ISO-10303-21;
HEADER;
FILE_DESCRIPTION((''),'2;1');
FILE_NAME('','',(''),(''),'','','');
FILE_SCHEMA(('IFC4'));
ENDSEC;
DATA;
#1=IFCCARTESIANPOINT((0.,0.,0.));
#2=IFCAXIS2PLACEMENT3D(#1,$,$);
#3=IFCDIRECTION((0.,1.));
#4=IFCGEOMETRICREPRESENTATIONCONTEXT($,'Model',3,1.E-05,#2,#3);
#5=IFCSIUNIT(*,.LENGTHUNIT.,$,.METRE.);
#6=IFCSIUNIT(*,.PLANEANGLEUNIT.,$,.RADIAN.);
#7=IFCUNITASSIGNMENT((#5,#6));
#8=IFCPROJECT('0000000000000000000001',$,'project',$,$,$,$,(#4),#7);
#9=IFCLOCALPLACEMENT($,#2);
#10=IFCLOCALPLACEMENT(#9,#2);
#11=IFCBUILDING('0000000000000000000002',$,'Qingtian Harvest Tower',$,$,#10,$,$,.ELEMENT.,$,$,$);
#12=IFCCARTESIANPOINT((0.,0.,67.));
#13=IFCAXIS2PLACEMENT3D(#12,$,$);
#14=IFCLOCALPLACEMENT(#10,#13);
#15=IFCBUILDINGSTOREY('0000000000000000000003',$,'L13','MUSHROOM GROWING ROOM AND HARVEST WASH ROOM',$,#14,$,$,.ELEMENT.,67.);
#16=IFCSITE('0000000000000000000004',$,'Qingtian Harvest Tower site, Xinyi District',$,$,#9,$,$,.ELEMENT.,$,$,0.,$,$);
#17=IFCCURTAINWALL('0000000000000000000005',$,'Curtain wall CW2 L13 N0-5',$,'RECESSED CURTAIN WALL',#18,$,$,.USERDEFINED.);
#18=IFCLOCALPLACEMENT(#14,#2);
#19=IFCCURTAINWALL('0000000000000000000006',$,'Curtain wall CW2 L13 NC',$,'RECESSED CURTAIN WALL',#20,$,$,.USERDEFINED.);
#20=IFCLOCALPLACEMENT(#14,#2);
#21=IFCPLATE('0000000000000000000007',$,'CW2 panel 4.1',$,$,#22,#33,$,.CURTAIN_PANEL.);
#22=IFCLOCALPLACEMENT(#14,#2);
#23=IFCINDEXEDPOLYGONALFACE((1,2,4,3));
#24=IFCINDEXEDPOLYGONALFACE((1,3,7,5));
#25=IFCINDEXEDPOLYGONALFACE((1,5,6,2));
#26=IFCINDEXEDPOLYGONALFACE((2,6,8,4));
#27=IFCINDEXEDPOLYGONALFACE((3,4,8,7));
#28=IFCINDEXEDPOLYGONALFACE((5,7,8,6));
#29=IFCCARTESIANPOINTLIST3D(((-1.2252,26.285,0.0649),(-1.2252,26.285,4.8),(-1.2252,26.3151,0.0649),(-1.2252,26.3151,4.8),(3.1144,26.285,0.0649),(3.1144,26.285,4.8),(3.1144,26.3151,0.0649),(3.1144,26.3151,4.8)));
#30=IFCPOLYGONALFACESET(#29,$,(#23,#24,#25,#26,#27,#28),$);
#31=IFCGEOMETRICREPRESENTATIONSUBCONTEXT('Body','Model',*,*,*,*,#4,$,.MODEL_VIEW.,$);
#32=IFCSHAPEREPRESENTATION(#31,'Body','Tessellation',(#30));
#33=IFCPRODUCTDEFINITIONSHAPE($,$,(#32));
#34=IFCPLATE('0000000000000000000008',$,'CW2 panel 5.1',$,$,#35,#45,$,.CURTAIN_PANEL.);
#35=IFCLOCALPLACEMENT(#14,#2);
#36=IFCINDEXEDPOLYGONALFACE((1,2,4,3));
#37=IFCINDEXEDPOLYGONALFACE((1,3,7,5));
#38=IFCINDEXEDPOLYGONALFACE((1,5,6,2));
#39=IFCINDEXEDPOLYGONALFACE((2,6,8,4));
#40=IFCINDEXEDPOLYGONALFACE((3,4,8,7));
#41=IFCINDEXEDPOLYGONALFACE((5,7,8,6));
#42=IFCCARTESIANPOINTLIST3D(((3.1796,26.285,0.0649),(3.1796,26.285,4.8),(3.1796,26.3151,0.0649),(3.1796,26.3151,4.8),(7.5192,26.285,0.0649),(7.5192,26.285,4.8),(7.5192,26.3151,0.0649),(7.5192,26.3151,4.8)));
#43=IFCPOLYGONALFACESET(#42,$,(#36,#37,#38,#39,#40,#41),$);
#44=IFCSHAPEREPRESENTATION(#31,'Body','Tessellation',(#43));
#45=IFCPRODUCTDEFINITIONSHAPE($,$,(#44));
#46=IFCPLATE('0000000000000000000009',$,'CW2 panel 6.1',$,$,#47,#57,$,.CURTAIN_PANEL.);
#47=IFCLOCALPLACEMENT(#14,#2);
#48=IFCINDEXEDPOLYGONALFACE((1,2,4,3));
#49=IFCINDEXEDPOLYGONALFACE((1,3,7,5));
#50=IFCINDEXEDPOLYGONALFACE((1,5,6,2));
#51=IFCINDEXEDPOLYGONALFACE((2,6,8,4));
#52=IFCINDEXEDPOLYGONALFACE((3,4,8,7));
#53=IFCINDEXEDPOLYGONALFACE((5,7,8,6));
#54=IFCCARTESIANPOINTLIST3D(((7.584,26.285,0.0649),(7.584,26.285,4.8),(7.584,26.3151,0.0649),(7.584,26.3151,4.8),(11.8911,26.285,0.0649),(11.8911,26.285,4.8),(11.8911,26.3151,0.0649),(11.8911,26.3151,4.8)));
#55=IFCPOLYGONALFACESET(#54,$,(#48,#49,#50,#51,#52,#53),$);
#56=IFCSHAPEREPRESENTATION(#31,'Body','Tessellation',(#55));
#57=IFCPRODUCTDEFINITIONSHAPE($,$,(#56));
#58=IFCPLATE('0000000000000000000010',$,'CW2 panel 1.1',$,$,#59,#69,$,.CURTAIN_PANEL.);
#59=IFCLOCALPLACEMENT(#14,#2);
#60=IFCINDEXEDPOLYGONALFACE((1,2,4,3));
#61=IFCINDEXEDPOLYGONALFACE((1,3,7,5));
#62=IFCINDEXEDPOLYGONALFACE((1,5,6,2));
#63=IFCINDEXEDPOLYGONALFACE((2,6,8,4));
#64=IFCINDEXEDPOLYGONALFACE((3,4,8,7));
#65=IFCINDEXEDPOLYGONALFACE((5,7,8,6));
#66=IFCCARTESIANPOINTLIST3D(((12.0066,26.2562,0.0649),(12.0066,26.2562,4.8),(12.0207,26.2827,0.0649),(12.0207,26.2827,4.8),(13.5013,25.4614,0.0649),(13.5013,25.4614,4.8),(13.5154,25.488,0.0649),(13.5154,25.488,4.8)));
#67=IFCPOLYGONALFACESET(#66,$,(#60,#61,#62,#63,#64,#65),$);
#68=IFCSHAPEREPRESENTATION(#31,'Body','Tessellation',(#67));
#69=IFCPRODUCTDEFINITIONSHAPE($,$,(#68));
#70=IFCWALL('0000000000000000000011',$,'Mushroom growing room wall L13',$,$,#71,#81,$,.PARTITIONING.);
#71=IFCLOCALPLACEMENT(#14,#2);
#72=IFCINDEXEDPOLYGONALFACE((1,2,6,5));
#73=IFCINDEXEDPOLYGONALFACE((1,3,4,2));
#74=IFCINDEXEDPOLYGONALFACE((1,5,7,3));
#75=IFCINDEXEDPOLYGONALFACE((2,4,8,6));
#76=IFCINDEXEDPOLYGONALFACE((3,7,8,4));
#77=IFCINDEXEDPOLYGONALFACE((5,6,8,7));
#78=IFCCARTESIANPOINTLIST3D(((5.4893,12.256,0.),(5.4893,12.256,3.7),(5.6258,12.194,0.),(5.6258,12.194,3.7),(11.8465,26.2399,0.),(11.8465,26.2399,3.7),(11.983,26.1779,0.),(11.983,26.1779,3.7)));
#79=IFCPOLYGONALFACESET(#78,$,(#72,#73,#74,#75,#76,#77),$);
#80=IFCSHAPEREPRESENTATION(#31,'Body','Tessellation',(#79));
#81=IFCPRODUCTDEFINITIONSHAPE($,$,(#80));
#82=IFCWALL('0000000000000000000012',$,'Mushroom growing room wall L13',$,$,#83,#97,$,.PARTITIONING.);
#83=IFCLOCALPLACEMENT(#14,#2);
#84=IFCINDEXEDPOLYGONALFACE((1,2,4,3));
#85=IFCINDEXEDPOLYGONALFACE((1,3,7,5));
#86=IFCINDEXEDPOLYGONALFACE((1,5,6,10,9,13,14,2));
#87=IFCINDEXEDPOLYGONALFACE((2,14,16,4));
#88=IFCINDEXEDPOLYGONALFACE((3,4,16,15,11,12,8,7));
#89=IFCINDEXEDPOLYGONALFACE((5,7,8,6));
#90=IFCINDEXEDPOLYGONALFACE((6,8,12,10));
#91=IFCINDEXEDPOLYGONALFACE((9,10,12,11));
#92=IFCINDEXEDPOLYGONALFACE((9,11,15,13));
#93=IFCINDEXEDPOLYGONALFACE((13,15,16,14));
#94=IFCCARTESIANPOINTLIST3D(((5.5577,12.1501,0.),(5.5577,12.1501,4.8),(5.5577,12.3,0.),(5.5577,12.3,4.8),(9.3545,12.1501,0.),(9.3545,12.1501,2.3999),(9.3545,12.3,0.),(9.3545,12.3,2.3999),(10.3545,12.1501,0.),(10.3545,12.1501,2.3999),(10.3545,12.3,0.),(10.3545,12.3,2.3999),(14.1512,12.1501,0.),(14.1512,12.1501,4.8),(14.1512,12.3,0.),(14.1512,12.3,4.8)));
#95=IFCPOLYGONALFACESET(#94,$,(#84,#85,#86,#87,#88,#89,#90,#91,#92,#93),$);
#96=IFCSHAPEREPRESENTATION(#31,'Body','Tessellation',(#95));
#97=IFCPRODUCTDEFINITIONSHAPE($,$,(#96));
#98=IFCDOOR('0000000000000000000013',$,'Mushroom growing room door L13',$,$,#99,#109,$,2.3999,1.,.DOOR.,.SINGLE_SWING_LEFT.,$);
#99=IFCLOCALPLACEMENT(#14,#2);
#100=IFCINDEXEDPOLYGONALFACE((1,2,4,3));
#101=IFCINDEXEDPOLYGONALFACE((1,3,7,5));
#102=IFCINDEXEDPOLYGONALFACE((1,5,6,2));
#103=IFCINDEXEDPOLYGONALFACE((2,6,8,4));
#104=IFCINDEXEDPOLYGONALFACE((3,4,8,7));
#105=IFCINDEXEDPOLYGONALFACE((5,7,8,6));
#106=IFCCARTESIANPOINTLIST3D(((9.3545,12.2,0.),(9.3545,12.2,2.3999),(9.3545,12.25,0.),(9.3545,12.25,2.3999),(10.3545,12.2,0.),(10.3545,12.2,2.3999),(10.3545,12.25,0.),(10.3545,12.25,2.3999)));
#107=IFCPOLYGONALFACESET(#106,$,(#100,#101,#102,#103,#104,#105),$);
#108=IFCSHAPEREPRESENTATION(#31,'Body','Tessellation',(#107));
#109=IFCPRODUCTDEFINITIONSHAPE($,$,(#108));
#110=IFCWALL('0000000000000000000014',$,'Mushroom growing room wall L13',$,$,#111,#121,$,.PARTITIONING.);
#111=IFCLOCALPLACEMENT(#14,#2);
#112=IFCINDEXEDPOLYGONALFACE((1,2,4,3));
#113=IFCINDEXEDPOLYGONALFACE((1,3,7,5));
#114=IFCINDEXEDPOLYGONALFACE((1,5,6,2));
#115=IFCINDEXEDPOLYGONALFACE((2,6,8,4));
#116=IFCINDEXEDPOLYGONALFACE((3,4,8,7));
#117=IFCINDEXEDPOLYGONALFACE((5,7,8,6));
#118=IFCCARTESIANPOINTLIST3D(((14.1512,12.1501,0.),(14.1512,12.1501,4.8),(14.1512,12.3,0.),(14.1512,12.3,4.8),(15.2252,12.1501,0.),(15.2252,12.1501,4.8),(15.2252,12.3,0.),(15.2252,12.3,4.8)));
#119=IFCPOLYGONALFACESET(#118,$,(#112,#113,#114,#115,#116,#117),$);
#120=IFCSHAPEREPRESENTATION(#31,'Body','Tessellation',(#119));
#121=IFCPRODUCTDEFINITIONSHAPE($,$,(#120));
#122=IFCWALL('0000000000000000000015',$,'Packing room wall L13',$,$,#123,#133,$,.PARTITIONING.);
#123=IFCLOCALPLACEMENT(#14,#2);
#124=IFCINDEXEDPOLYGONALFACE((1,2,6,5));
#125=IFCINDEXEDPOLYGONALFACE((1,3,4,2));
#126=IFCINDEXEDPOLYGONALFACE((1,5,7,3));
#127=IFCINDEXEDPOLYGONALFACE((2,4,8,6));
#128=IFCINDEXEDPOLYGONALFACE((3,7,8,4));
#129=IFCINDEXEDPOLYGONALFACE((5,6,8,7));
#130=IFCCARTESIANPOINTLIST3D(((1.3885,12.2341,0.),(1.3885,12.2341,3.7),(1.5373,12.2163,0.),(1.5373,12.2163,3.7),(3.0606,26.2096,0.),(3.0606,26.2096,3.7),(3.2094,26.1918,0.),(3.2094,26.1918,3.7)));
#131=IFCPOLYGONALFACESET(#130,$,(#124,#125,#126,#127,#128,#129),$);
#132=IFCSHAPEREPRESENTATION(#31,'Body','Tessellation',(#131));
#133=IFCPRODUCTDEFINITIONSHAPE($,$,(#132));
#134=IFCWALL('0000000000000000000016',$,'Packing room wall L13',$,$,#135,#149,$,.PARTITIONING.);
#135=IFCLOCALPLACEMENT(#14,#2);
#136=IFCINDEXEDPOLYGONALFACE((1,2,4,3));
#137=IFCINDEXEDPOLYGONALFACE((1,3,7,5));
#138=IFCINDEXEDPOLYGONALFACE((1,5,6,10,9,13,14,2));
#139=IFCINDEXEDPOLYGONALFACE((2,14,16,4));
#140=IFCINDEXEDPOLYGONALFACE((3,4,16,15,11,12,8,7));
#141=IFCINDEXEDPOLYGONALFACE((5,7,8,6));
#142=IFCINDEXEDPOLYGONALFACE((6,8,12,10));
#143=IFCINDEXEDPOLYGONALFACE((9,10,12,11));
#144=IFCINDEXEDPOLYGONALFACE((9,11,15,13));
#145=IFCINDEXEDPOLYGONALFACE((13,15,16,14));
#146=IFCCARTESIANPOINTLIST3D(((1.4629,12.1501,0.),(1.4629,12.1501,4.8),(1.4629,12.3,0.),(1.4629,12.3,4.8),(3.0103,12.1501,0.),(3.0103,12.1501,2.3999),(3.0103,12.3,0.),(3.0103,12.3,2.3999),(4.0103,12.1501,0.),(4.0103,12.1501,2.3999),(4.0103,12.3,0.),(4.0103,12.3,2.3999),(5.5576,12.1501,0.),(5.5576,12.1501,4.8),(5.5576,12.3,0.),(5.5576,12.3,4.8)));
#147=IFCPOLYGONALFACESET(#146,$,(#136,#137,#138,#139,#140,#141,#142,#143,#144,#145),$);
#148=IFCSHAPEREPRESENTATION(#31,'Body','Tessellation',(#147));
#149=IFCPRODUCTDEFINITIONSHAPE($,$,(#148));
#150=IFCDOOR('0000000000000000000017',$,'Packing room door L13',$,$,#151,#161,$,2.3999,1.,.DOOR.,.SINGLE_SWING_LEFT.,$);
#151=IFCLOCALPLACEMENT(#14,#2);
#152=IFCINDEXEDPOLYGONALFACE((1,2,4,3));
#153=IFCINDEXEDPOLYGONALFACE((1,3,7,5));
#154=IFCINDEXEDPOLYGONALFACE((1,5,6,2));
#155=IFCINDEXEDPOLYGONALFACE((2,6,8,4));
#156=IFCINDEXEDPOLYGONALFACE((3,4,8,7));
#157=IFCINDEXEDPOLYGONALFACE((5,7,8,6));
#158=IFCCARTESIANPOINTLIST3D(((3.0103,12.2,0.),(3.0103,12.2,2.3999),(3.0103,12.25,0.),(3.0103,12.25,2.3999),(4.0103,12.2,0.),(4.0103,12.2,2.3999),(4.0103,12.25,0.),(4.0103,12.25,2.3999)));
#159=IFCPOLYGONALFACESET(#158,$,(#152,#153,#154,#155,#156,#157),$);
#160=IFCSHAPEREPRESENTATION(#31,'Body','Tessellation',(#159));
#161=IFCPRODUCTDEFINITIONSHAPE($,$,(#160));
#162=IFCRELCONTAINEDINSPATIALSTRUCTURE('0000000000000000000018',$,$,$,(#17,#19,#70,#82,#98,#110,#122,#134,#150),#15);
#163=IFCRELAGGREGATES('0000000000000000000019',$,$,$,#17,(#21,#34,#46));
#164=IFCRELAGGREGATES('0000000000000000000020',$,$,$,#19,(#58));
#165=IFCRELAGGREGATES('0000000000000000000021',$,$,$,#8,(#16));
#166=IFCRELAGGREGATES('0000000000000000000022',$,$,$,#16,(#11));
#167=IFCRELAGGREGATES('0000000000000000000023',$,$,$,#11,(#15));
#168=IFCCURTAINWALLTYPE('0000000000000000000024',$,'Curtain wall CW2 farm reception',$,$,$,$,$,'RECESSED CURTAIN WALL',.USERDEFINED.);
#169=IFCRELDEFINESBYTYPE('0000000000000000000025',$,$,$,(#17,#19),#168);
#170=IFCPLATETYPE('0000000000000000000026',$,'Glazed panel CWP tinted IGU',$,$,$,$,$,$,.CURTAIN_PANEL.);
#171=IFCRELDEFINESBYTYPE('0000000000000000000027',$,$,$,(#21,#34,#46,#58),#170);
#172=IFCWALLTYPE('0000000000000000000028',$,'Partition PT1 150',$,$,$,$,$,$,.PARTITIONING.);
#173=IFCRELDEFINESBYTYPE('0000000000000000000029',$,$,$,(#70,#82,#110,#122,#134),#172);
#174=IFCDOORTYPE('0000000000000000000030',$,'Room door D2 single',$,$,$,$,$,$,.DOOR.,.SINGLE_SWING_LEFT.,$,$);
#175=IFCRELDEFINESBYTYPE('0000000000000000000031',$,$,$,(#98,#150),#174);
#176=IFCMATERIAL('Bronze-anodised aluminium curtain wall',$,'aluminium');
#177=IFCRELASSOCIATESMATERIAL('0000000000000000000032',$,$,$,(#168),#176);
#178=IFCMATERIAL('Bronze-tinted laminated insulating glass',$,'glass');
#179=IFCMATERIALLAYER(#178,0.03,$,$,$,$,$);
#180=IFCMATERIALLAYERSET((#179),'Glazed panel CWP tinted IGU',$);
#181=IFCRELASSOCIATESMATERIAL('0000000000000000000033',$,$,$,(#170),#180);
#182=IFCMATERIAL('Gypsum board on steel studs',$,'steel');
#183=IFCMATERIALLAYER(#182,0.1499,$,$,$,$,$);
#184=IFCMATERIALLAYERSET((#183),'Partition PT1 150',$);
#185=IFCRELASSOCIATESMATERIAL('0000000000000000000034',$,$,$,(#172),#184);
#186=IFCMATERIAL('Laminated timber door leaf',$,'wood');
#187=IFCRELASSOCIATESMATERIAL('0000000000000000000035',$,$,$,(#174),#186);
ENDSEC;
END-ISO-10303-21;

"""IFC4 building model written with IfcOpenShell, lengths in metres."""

from ifc_helpers import new_model, si_unit, direction, frame, frame_2d, origin, origin_2d, place, context, subcontext, project, spatial, rectangle, extrude, material, layer, layer_set, type_object, element, fill, aggregate, save


model = new_model("IFC4")

# Units and contexts
model_context = context("Model", 3, precision=1e-05, world=origin(), true_north=direction((0.0, 1.0)))
body_context = subcontext(model_context, "Body", "Model", "MODEL_VIEW")
ifc_project = project(units=[si_unit("LENGTHUNIT", "METRE"), si_unit("PLANEANGLEUNIT", "RADIAN")], contexts=[model_context])

# Site, building, storey
site_placement = place(None, origin())
site = spatial("IfcSite", under=ifc_project, at=site_placement, Name="Qingtian Harvest Tower site, Xinyi District", CompositionType="ELEMENT", RefElevation=0.0)
building_placement = place(site_placement, origin())
building = spatial("IfcBuilding", under=site, at=building_placement, Name="Qingtian Harvest Tower", CompositionType="ELEMENT")
storey_placement = place(building_placement, frame((0.0, 0.0, 67.0)))
storey = spatial("IfcBuildingStorey", under=building, at=storey_placement, Name="L13", Description="MUSHROOM GROWING ROOM AND HARVEST WASH ROOM", CompositionType="ELEMENT", Elevation=67.0)

# Curtain walls
ifc_material_1 = material(Name="Bronze-anodised aluminium curtain wall", Category="aluminium")
curtain_wall_type = type_object("IfcCurtainWallType", Name="Curtain wall CW2 farm reception", ElementType="RECESSED CURTAIN WALL", PredefinedType="USERDEFINED", material=ifc_material_1)
curtain_wall_1_placement = place(storey_placement, origin())
curtain_wall_1 = element("IfcCurtainWall", 1, at=curtain_wall_1_placement, inside=storey, type_object=curtain_wall_type, Name="Curtain wall CW2 L13 N0-5", ObjectType="RECESSED CURTAIN WALL", PredefinedType="USERDEFINED")
curtain_wall_2_placement = place(storey_placement, origin())
curtain_wall_2 = element("IfcCurtainWall", 2, at=curtain_wall_2_placement, inside=storey, type_object=curtain_wall_type, Name="Curtain wall CW2 L13 NC", ObjectType="RECESSED CURTAIN WALL", PredefinedType="USERDEFINED")

# Plates
ifc_material_2 = material(Name="Bronze-tinted laminated insulating glass", Category="glass")
ifc_layer_1 = layer(ifc_material_2, 0.03)
ifc_layer_set_1 = layer_set([ifc_layer_1], Name="Glazed panel CWP tinted IGU")
plate_type = type_object("IfcPlateType", Name="Glazed panel CWP tinted IGU", PredefinedType="CURTAIN_PANEL", material=ifc_layer_set_1)
plate_1_placement = place(storey_placement, frame((0.9446, 26.3, 0.0649), z_axis=(0.0, 0.0, 1.0), x_axis=(1.0, 0.0, 0.0)))
plate_1 = element("IfcPlate", 3, at=plate_1_placement, type_object=plate_type, Name="CW2 panel 4.1", PredefinedType="CURTAIN_PANEL", context=body_context, shape_type="SweptSolid", body=[
    extrude(rectangle(XDim=4.3396, YDim=0.03, at=origin_2d()), origin(), (0.0, 0.0, 1.0), 4.7351),
])
plate_2_placement = place(storey_placement, frame((5.3494, 26.3, 0.0649), z_axis=(0.0, 0.0, 1.0), x_axis=(1.0, 0.0, 0.0)))
plate_2 = element("IfcPlate", 4, at=plate_2_placement, type_object=plate_type, Name="CW2 panel 5.1", PredefinedType="CURTAIN_PANEL", context=body_context, shape_type="SweptSolid", body=[
    extrude(rectangle(XDim=4.3396, YDim=0.03, at=origin_2d()), origin(), (0.0, 0.0, 1.0), 4.7351),
])
plate_3_placement = place(storey_placement, frame((9.7375, 26.3, 0.0649), z_axis=(0.0, 0.0, 1.0), x_axis=(1.0, 0.0, 0.0)))
plate_3 = element("IfcPlate", 5, at=plate_3_placement, type_object=plate_type, Name="CW2 panel 6.1", PredefinedType="CURTAIN_PANEL", context=body_context, shape_type="SweptSolid", body=[
    extrude(rectangle(XDim=4.3071, YDim=0.03, at=origin_2d()), origin(), (0.0, 0.0, 1.0), 4.7351),
])
aggregate(curtain_wall_1, [plate_1, plate_2, plate_3])
plate_4_placement = place(storey_placement, frame((12.761, 25.8721, 0.0649), z_axis=(0.0, 0.0, 1.0), x_axis=(0.882948, -0.469472, 0.0)))
plate_4 = element("IfcPlate", 6, at=plate_4_placement, type_object=plate_type, Name="CW2 panel 1.1", PredefinedType="CURTAIN_PANEL", context=body_context, shape_type="SweptSolid", body=[
    extrude(rectangle(XDim=1.6929, YDim=0.03, at=origin_2d()), origin(), (0.0, 0.0, 1.0), 4.7351),
])
aggregate(curtain_wall_2, [plate_4])

# Wall
ifc_material_3 = material(Name="Gypsum board on steel studs", Category="steel")
ifc_layer_2 = layer(ifc_material_3, 0.1499)
ifc_layer_set_2 = layer_set([ifc_layer_2], Name="Partition PT1 150")
wall_type = type_object("IfcWallType", Name="Partition PT1 150", PredefinedType="PARTITIONING", material=ifc_layer_set_2)
wall_1_placement = place(storey_placement, frame((11.9148, 26.209, 0.0), z_axis=(0.0, 0.0, 1.0), x_axis=(-0.41385, -0.910345, 0.0)))
element("IfcWall", 7, at=wall_1_placement, inside=storey, type_object=wall_type, Name="Mushroom growing room wall L13", PredefinedType="PARTITIONING", context=body_context, shape_type="SweptSolid", body=[
    extrude(rectangle(XDim=15.3611, YDim=0.1499, at=frame_2d((7.6807, 0.0))), origin(), (0.0, 0.0, 1.0), 3.7),
])

# Wall, opening, door
wall_2_placement = place(storey_placement, frame((5.5576, 12.2251, 0.0), z_axis=(0.0, 0.0, 1.0), x_axis=(1.0, 0.0, 0.0)))
wall_2 = element("IfcWall", 8, at=wall_2_placement, inside=storey, type_object=wall_type, Name="Mushroom growing room wall L13", PredefinedType="PARTITIONING", context=body_context, shape_type="SweptSolid", body=[
    extrude(rectangle(XDim=8.5935, YDim=0.1499, at=frame_2d((4.2969, 0.0))), origin(), (0.0, 0.0, 1.0), 4.8),
])
opening_1_placement = place(wall_2_placement, frame((3.7969, 0.0, 0.0)))
opening_1 = element("IfcOpeningElement", 9, at=opening_1_placement, cuts=wall_2, PredefinedType="OPENING", context=body_context, shape_type="SweptSolid", body=[
    extrude(rectangle(XDim=1.0, YDim=2.3999, at=frame_2d((0.5, 1.2))), frame((0.0, 0.085, 0.0), z_axis=(0.0, -1.0, 0.0), x_axis=(1.0, 0.0, 0.0)), (0.0, 0.0, 1.0), 0.1699),
])
ifc_material_4 = material(Name="Laminated timber door leaf", Category="wood")
door_type = type_object("IfcDoorType", Name="Room door D2 single", OperationType="SINGLE_SWING_LEFT", PredefinedType="DOOR", material=ifc_material_4)
door_1_placement = place(opening_1_placement, origin())
door_1 = element("IfcDoor", 10, at=door_1_placement, inside=storey, type_object=door_type, Name="Mushroom growing room door L13", OperationType="SINGLE_SWING_LEFT", OverallHeight=2.3999, OverallWidth=1.0, PredefinedType="DOOR", context=body_context, shape_type="SweptSolid", body=[
    extrude(rectangle(XDim=1.0, YDim=2.3999, at=frame_2d((0.5, 1.2))), frame((0.0, 0.0249, 0.0), z_axis=(0.0, -1.0, 0.0), x_axis=(1.0, 0.0, 0.0)), (0.0, 0.0, 1.0), 0.05),
])
fill(opening_1, door_1)

# Walls
wall_3_placement = place(storey_placement, frame((14.1511, 12.2251, 0.0), z_axis=(0.0, 0.0, 1.0), x_axis=(1.0, 0.0, 0.0)))
element("IfcWall", 11, at=wall_3_placement, inside=storey, type_object=wall_type, Name="Mushroom growing room wall L13", PredefinedType="PARTITIONING", context=body_context, shape_type="SweptSolid", body=[
    extrude(rectangle(XDim=1.074, YDim=0.1499, at=frame_2d((0.5371, 0.0))), origin(), (0.0, 0.0, 1.0), 4.8),
])
wall_4_placement = place(storey_placement, frame((3.135, 26.2007, 0.0), z_axis=(0.0, 0.0, 1.0), x_axis=(-0.118798, -0.992918, 0.0)))
element("IfcWall", 12, at=wall_4_placement, inside=storey, type_object=wall_type, Name="Packing room wall L13", PredefinedType="PARTITIONING", context=body_context, shape_type="SweptSolid", body=[
    extrude(rectangle(XDim=14.0752, YDim=0.1499, at=frame_2d((7.0376, 0.0))), origin(), (0.0, 0.0, 1.0), 3.7),
])

# Wall, opening, door
wall_5_placement = place(storey_placement, frame((1.4629, 12.2251, 0.0), z_axis=(0.0, 0.0, 1.0), x_axis=(1.0, 0.0, 0.0)))
wall_5 = element("IfcWall", 13, at=wall_5_placement, inside=storey, type_object=wall_type, Name="Packing room wall L13", PredefinedType="PARTITIONING", context=body_context, shape_type="SweptSolid", body=[
    extrude(rectangle(XDim=4.0947, YDim=0.1499, at=frame_2d((2.0474, 0.0))), origin(), (0.0, 0.0, 1.0), 4.8),
])
opening_2_placement = place(wall_5_placement, frame((1.5474, 0.0, 0.0)))
opening_2 = element("IfcOpeningElement", 14, at=opening_2_placement, cuts=wall_5, PredefinedType="OPENING", context=body_context, shape_type="SweptSolid", body=[
    extrude(rectangle(XDim=1.0, YDim=2.3999, at=frame_2d((0.5, 1.2))), frame((0.0, 0.085, 0.0), z_axis=(0.0, -1.0, 0.0), x_axis=(1.0, 0.0, 0.0)), (0.0, 0.0, 1.0), 0.1699),
])
door_2_placement = place(opening_2_placement, origin())
door_2 = element("IfcDoor", 15, at=door_2_placement, inside=storey, type_object=door_type, Name="Packing room door L13", OperationType="SINGLE_SWING_LEFT", OverallHeight=2.3999, OverallWidth=1.0, PredefinedType="DOOR", context=body_context, shape_type="SweptSolid", body=[
    extrude(rectangle(XDim=1.0, YDim=2.3999, at=frame_2d((0.5, 1.2))), frame((0.0, 0.0249, 0.0), z_axis=(0.0, -1.0, 0.0), x_axis=(1.0, 0.0, 0.0)), (0.0, 0.0, 1.0), 0.05),
])
fill(opening_2, door_2)

save(model, "model.ifc")
